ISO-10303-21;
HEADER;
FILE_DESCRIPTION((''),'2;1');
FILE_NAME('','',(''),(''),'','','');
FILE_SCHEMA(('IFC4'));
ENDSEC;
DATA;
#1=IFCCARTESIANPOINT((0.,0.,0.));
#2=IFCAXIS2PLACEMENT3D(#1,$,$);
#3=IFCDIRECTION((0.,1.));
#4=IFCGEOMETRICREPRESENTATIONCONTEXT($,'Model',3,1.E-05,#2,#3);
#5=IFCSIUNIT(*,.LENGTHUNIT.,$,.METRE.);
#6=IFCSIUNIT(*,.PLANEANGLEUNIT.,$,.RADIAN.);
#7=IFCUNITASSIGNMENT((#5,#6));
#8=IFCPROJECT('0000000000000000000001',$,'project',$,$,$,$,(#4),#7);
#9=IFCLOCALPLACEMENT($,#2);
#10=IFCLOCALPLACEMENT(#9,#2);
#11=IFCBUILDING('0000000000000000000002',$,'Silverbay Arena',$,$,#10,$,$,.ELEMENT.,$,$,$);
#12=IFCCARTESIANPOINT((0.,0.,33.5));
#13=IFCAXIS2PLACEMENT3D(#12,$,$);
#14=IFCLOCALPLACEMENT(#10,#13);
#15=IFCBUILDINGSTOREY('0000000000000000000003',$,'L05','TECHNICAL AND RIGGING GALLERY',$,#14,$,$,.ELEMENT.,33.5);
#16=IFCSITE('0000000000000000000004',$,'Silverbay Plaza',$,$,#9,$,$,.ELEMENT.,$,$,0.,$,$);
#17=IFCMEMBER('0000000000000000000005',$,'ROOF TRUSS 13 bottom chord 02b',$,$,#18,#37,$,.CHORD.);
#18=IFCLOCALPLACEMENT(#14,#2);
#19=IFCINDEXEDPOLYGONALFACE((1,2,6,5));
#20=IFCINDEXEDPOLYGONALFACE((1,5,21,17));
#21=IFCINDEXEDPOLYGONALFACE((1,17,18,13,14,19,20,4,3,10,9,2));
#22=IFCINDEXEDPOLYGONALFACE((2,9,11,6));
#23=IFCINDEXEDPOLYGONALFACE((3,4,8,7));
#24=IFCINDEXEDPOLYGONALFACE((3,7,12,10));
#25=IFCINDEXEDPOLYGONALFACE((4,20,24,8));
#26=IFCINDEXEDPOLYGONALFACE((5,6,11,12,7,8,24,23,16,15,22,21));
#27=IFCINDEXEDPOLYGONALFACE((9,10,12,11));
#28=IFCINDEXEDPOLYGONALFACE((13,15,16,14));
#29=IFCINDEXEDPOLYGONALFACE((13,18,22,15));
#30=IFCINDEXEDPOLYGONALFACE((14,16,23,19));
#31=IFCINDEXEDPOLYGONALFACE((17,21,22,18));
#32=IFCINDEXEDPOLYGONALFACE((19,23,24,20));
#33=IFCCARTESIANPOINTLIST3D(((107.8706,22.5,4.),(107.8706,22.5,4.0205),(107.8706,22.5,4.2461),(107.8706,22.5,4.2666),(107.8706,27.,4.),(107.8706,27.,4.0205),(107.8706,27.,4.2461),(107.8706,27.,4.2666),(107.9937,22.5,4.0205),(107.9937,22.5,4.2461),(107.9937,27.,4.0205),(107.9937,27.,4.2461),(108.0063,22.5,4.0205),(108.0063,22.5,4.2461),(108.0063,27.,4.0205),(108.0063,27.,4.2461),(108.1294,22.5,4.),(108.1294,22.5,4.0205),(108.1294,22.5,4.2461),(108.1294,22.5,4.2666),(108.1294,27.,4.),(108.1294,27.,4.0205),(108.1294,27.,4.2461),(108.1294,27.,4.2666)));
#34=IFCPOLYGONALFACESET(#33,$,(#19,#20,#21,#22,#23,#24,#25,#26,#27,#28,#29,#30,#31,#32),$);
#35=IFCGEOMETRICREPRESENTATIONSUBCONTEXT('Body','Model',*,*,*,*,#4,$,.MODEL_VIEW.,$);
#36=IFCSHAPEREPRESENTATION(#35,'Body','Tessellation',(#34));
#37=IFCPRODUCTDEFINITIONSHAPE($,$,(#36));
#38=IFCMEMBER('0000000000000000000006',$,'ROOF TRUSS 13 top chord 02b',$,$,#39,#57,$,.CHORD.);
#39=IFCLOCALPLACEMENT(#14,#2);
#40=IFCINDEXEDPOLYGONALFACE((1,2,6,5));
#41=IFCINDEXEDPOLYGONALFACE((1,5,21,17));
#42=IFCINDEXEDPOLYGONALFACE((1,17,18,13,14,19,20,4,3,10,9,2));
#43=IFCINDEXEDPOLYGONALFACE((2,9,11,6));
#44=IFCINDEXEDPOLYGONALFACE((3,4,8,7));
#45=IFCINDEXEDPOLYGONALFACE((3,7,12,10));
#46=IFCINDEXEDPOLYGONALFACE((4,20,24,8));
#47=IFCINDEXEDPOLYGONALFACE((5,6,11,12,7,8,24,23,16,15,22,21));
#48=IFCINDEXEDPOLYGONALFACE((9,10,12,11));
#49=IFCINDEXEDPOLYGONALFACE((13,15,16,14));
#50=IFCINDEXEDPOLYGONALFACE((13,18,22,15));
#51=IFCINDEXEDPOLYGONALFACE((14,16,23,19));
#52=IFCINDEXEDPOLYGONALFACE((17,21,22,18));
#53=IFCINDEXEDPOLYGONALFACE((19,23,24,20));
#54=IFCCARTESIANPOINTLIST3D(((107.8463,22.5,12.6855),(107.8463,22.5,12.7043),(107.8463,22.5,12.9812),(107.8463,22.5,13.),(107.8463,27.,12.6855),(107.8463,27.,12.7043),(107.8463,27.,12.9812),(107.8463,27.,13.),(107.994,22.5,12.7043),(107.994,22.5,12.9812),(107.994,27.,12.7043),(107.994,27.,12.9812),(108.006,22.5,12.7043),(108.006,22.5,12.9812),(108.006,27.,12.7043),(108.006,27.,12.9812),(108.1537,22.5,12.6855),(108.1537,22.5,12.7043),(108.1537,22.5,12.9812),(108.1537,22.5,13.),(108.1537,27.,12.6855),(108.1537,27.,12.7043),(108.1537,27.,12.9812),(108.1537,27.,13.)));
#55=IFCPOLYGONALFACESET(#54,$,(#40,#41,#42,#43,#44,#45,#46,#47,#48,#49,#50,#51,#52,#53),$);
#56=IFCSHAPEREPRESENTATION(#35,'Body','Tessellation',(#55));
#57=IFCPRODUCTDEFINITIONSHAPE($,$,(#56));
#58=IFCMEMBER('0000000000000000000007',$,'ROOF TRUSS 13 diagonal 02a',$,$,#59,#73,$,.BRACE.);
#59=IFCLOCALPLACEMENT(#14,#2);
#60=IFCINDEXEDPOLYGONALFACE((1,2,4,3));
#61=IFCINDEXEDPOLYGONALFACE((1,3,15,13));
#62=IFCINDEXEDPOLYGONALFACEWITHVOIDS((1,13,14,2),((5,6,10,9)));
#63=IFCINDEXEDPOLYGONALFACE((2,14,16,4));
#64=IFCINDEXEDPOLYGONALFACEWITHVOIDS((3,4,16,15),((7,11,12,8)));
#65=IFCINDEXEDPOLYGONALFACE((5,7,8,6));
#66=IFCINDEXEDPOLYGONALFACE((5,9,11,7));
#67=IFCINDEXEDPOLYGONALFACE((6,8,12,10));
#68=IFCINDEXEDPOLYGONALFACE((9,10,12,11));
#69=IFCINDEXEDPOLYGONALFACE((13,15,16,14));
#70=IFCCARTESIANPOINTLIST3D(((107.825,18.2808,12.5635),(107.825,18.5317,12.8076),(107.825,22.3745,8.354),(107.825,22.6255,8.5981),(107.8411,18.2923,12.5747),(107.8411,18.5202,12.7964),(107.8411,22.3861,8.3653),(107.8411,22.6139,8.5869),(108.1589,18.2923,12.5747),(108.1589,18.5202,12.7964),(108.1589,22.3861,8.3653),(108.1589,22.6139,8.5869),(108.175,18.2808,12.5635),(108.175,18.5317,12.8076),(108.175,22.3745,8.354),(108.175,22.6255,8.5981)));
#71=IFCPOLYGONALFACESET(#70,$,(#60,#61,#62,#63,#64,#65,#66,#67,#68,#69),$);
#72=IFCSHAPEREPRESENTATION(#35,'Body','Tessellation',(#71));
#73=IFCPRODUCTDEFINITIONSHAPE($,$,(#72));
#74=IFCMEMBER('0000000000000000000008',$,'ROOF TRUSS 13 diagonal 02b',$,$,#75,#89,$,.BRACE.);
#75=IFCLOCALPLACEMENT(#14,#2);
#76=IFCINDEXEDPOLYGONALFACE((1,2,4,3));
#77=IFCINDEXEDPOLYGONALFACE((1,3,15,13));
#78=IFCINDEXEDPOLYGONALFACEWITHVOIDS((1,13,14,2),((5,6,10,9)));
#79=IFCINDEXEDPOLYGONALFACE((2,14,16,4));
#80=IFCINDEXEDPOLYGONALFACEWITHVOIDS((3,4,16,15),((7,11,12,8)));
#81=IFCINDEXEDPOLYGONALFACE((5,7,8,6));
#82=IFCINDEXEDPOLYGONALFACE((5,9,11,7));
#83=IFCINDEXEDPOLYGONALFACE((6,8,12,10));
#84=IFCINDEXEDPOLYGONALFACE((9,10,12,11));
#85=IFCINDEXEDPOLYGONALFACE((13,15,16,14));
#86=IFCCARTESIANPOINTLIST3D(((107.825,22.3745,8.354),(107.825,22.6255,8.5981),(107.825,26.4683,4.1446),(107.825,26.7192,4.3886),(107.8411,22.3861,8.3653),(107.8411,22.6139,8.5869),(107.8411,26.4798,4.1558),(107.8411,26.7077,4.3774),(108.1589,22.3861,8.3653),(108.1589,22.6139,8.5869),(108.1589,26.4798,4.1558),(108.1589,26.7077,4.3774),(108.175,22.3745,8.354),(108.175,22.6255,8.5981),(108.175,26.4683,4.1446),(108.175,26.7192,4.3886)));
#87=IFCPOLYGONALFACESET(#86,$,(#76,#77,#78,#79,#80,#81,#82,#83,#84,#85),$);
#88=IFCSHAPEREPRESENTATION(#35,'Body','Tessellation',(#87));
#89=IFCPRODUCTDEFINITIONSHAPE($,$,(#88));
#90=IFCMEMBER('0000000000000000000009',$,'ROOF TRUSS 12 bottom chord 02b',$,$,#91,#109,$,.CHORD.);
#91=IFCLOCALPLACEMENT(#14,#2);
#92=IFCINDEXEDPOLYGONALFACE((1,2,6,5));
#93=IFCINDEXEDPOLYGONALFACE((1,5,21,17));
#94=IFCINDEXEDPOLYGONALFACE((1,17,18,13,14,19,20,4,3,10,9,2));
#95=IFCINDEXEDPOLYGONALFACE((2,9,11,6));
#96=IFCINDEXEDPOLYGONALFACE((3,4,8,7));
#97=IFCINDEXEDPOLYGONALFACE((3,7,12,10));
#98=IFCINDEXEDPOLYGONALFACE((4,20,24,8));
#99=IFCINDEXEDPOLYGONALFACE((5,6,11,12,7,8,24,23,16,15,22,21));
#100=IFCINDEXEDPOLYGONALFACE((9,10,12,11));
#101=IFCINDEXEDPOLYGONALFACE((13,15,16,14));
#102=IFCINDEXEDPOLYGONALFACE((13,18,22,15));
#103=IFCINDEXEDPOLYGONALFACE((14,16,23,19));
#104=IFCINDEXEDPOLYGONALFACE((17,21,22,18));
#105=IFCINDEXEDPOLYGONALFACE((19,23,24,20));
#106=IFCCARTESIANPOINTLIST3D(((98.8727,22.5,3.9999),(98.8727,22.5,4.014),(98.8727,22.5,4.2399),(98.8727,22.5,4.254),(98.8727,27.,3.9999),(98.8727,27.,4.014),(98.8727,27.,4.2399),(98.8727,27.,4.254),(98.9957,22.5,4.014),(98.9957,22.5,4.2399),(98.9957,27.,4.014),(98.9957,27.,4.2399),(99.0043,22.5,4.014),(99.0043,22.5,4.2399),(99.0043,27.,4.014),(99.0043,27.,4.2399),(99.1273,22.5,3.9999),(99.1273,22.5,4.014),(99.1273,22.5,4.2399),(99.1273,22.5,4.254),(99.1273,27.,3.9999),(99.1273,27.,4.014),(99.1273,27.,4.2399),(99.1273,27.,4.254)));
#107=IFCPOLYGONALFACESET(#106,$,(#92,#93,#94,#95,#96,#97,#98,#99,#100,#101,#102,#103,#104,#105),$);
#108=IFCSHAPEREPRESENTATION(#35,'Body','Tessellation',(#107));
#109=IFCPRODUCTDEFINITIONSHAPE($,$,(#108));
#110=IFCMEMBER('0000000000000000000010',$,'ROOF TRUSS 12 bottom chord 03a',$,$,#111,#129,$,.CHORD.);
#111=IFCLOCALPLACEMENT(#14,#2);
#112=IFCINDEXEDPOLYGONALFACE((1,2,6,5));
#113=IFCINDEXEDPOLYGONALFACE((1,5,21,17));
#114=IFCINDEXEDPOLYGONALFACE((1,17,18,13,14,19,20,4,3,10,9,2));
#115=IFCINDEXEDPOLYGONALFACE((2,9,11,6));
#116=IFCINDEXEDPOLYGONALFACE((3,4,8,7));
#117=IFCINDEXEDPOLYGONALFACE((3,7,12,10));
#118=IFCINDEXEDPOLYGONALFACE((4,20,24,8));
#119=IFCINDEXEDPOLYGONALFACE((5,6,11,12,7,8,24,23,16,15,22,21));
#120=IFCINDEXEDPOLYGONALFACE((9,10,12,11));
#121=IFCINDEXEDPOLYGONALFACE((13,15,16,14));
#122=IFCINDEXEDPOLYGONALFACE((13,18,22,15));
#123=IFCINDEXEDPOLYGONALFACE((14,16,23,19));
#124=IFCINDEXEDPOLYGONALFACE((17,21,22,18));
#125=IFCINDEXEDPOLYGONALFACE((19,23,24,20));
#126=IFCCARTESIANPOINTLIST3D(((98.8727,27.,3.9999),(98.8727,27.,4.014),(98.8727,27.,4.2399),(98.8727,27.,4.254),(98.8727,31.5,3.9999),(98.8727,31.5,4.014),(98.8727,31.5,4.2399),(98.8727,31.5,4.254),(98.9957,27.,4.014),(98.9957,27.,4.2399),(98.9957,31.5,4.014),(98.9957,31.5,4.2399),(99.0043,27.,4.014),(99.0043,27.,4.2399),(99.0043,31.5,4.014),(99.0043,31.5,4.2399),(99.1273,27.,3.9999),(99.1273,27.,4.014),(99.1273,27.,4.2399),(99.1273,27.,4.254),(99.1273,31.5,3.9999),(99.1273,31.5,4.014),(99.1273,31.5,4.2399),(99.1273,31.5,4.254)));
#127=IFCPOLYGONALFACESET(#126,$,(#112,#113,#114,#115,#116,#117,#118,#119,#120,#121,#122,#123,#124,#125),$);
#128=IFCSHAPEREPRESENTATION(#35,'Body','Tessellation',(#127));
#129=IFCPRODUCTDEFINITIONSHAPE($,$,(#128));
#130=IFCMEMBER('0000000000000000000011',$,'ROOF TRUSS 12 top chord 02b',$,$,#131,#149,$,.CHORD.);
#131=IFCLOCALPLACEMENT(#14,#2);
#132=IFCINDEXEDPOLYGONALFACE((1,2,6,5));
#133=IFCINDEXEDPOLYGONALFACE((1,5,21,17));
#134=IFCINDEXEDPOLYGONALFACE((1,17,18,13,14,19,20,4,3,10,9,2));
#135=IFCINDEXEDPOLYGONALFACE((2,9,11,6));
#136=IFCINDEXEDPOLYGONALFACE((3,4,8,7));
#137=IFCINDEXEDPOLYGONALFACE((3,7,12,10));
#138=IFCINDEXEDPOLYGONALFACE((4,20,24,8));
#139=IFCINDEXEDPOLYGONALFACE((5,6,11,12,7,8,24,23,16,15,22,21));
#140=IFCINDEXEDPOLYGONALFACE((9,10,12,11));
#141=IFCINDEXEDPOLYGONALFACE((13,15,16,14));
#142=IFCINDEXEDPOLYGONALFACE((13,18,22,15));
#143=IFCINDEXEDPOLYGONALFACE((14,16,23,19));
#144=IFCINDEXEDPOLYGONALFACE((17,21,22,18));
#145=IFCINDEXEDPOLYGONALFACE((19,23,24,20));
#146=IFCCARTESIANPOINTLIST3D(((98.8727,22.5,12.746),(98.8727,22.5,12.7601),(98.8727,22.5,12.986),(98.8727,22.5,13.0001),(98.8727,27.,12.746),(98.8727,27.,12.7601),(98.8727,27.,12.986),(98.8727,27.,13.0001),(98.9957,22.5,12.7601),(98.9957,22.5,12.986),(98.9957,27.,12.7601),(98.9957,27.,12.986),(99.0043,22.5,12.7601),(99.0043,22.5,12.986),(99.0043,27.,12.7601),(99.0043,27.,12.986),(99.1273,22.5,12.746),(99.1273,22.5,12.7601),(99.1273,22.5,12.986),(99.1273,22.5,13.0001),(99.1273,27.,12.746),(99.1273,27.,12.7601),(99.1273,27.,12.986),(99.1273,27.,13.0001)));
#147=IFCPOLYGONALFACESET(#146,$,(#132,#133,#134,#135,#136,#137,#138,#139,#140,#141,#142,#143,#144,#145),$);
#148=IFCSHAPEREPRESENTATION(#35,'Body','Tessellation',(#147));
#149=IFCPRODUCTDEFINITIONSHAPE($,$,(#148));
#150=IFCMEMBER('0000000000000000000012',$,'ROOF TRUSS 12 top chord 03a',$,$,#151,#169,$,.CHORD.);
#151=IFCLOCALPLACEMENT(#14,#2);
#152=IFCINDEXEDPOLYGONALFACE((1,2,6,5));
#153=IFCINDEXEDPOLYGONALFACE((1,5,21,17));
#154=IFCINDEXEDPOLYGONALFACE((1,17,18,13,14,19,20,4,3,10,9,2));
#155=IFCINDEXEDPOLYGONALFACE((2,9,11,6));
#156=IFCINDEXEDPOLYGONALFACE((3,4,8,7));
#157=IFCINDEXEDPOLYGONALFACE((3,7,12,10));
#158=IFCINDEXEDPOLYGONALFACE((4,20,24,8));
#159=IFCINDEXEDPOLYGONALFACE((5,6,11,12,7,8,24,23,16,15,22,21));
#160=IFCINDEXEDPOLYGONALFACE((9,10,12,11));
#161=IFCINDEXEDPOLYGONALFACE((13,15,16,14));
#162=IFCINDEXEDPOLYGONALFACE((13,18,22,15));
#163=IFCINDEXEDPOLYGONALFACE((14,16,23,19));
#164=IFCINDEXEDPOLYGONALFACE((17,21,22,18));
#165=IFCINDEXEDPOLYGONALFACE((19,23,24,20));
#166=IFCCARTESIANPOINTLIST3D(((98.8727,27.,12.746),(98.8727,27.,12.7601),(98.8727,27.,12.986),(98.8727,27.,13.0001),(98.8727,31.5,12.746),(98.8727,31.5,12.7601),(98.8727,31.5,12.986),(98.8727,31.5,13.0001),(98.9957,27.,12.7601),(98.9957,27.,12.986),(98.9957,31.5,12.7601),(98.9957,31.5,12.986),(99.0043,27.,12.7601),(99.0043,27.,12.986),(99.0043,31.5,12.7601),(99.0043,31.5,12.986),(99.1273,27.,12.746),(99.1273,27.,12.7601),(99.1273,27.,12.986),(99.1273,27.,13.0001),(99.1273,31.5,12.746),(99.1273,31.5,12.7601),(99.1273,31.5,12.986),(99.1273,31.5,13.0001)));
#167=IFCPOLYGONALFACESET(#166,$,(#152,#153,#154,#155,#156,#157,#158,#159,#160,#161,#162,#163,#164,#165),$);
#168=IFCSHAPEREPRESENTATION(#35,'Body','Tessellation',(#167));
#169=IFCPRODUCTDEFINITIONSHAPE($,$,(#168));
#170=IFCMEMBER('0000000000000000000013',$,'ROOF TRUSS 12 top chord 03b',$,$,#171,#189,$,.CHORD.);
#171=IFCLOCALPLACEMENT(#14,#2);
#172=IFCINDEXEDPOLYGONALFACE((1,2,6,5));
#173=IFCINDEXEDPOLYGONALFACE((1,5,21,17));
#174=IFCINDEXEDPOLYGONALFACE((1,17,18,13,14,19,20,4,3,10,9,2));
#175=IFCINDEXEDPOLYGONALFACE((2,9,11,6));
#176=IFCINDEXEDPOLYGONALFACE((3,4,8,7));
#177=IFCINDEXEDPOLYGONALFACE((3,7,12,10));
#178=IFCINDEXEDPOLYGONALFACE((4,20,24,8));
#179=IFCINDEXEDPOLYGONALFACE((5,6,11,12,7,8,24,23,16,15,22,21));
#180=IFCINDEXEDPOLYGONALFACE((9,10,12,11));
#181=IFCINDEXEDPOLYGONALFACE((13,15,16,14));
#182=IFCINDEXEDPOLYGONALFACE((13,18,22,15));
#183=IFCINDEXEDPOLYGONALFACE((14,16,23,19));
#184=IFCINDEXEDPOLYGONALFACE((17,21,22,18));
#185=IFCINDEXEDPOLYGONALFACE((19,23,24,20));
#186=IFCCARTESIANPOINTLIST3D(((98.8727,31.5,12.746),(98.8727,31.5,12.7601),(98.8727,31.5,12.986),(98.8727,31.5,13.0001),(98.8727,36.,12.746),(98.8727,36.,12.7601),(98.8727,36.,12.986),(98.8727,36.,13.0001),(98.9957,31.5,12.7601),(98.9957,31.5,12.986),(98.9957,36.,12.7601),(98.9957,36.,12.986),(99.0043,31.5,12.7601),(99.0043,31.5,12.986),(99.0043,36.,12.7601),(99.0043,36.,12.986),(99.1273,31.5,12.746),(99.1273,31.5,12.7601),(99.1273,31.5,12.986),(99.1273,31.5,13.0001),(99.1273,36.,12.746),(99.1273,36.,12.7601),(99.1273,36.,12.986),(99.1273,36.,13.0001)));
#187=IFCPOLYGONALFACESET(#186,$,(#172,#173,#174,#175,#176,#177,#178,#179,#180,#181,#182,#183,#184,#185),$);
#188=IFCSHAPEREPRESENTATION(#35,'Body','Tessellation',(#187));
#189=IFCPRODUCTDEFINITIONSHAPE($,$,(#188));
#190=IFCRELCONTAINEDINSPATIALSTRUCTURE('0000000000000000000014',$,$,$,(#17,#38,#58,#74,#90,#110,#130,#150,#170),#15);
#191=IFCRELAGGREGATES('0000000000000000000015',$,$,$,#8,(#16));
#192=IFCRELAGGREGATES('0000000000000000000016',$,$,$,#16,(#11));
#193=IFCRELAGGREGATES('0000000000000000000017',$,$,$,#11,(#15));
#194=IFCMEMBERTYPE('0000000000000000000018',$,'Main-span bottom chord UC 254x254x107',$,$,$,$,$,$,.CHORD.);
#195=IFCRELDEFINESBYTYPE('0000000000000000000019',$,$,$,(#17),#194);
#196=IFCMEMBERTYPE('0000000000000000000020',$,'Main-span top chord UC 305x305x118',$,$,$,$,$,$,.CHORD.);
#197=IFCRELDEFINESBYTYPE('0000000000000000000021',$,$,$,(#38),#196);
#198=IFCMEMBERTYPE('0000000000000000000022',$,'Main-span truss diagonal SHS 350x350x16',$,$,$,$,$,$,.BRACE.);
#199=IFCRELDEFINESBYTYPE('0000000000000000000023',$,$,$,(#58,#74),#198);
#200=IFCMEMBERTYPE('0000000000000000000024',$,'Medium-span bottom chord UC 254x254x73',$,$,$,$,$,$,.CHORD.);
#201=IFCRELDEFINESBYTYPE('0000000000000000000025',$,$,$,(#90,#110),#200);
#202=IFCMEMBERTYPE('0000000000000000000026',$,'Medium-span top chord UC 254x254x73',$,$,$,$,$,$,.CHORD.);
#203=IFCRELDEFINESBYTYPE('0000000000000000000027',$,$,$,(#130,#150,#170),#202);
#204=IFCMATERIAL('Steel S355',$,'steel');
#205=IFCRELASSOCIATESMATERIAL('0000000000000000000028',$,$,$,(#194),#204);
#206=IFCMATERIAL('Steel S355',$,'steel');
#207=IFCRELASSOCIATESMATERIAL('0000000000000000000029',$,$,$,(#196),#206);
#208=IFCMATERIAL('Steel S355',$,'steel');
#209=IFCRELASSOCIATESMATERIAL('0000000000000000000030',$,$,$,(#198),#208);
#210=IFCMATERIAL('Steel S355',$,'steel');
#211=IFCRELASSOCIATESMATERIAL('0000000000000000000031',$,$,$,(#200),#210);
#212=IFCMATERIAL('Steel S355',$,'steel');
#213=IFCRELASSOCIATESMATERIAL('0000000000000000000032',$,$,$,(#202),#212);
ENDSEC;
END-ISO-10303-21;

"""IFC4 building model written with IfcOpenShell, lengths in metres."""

from ifc_helpers import new_model, si_unit, direction, frame, origin, origin_2d, place, context, subcontext, project, spatial, hollow_rectangle, i_section, extrude, material, material_profile, profile_set, type_object, element, save


model = new_model("IFC4")

# Units and contexts
model_context = context("Model", 3, precision=1e-05, world=origin(), true_north=direction((0.0, 1.0)))
body_context = subcontext(model_context, "Body", "Model", "MODEL_VIEW")
ifc_project = project(units=[si_unit("LENGTHUNIT", "METRE"), si_unit("PLANEANGLEUNIT", "RADIAN")], contexts=[model_context])

# Site, building, storey
site_placement = place(None, origin())
site = spatial("IfcSite", under=ifc_project, at=site_placement, Name="Silverbay Plaza", CompositionType="ELEMENT", RefElevation=0.0)
building_placement = place(site_placement, origin())
building = spatial("IfcBuilding", under=site, at=building_placement, Name="Silverbay Arena", CompositionType="ELEMENT")
storey_placement = place(building_placement, frame((0.0, 0.0, 33.5)))
storey = spatial("IfcBuildingStorey", under=building, at=storey_placement, Name="L05", Description="TECHNICAL AND RIGGING GALLERY", CompositionType="ELEMENT", Elevation=33.5)

# Members
ifc_material_1 = material(Name="Steel S355", Category="steel")
ifc_material_profile_1 = material_profile(ifc_material_1, i_section(OverallWidth=0.2588, OverallDepth=0.2666, WebThickness=0.0127, FlangeThickness=0.0205, at=origin_2d()), Name="UC 254x254x107")
ifc_profile_set_1 = profile_set([ifc_material_profile_1], Name="Steel S355")
member_type_1 = type_object("IfcMemberType", Name="Main-span bottom chord UC 254x254x107", PredefinedType="CHORD", material=ifc_profile_set_1)
member_1_placement = place(storey_placement, frame((108.0, 22.5, 4.1333), z_axis=(0.0, 1.0, 0.0), x_axis=(-1.0, 0.0, 0.0)))
element("IfcMember", 1, at=member_1_placement, inside=storey, type_object=member_type_1, Name="ROOF TRUSS 13 bottom chord 02b", PredefinedType="CHORD", context=body_context, shape_type="SweptSolid", body=[
    extrude(i_section(OverallWidth=0.2588, OverallDepth=0.2666, WebThickness=0.0127, FlangeThickness=0.0205, at=origin_2d()), origin(), (0.0, 0.0, 1.0), 4.5),
])
ifc_material_2 = material(Name="Steel S355", Category="steel")
ifc_material_profile_2 = material_profile(ifc_material_2, i_section(OverallWidth=0.3074, OverallDepth=0.3145, WebThickness=0.012, FlangeThickness=0.0188, at=origin_2d()), Name="UC 305x305x118")
ifc_profile_set_2 = profile_set([ifc_material_profile_2], Name="Steel S355")
member_type_2 = type_object("IfcMemberType", Name="Main-span top chord UC 305x305x118", PredefinedType="CHORD", material=ifc_profile_set_2)
member_2_placement = place(storey_placement, frame((108.0, 22.5, 12.8428), z_axis=(0.0, 1.0, 0.0), x_axis=(-1.0, 0.0, 0.0)))
element("IfcMember", 2, at=member_2_placement, inside=storey, type_object=member_type_2, Name="ROOF TRUSS 13 top chord 02b", PredefinedType="CHORD", context=body_context, shape_type="SweptSolid", body=[
    extrude(i_section(OverallWidth=0.3074, OverallDepth=0.3145, WebThickness=0.012, FlangeThickness=0.0188, at=origin_2d()), origin(), (0.0, 0.0, 1.0), 4.5),
])
ifc_material_3 = material(Name="Steel S355", Category="steel")
ifc_material_profile_3 = material_profile(ifc_material_3, hollow_rectangle(XDim=0.3501, YDim=0.3501, WallThickness=0.0161, at=origin_2d()), Name="SHS 350x350x16")
ifc_profile_set_3 = profile_set([ifc_material_profile_3], Name="Steel S355")
member_type_3 = type_object("IfcMemberType", Name="Main-span truss diagonal SHS 350x350x16", PredefinedType="BRACE", material=ifc_profile_set_3)
for number, where, z_axis, x_axis, name in (
    (3, (108.0, 18.4062, 12.6855), (0.0, 0.697184, -0.716892), (-1.0, 0.0, 0.0), "ROOF TRUSS 13 diagonal 02a"),
    (4, (108.0, 22.5, 8.4761), (0.0, 0.697184, -0.716892), (-1.0, 0.0, 0.0), "ROOF TRUSS 13 diagonal 02b"),
):
    element("IfcMember", number, at=place(storey_placement, frame(where, z_axis=z_axis, x_axis=x_axis)), inside=storey, type_object=member_type_3, Name=name, PredefinedType="BRACE", context=body_context, shape_type="SweptSolid", body=[
        extrude(hollow_rectangle(XDim=0.3501, YDim=0.3501, WallThickness=0.0161, at=origin_2d()), origin(), (0.0, 0.0, 1.0), 5.8718),
    ])
ifc_material_4 = material(Name="Steel S355", Category="steel")
ifc_material_profile_4 = material_profile(ifc_material_4, i_section(OverallWidth=0.2546, OverallDepth=0.2542, WebThickness=0.0085, FlangeThickness=0.0142, at=origin_2d()), Name="UC 254x254x73")
ifc_profile_set_4 = profile_set([ifc_material_profile_4], Name="Steel S355")
member_type_4 = type_object("IfcMemberType", Name="Medium-span bottom chord UC 254x254x73", PredefinedType="CHORD", material=ifc_profile_set_4)
for number, where, z_axis, x_axis, name in (
    (5, (99.0, 22.5, 4.127), (0.0, 1.0, 0.0), (-1.0, 0.0, 0.0), "ROOF TRUSS 12 bottom chord 02b"),
    (6, (99.0, 27.0, 4.127), (0.0, 1.0, 0.0), (-1.0, 0.0, 0.0), "ROOF TRUSS 12 bottom chord 03a"),
):
    element("IfcMember", number, at=place(storey_placement, frame(where, z_axis=z_axis, x_axis=x_axis)), inside=storey, type_object=member_type_4, Name=name, PredefinedType="CHORD", context=body_context, shape_type="SweptSolid", body=[
        extrude(i_section(OverallWidth=0.2546, OverallDepth=0.2542, WebThickness=0.0085, FlangeThickness=0.0142, at=origin_2d()), origin(), (0.0, 0.0, 1.0), 4.5),
    ])
ifc_material_5 = material(Name="Steel S355", Category="steel")
ifc_material_profile_5 = material_profile(ifc_material_5, i_section(OverallWidth=0.2546, OverallDepth=0.2542, WebThickness=0.0085, FlangeThickness=0.0142, at=origin_2d()), Name="UC 254x254x73")
ifc_profile_set_5 = profile_set([ifc_material_profile_5], Name="Steel S355")
member_type_5 = type_object("IfcMemberType", Name="Medium-span top chord UC 254x254x73", PredefinedType="CHORD", material=ifc_profile_set_5)
for number, where, z_axis, x_axis, name in (
    (7, (99.0, 22.5, 12.873), (0.0, 1.0, 0.0), (-1.0, 0.0, 0.0), "ROOF TRUSS 12 top chord 02b"),
    (8, (99.0, 27.0, 12.873), (0.0, 1.0, 0.0), (-1.0, 0.0, 0.0), "ROOF TRUSS 12 top chord 03a"),
    (9, (99.0, 31.5, 12.873), (0.0, 1.0, 0.0), (-1.0, 0.0, 0.0), "ROOF TRUSS 12 top chord 03b"),
):
    element("IfcMember", number, at=place(storey_placement, frame(where, z_axis=z_axis, x_axis=x_axis)), inside=storey, type_object=member_type_5, Name=name, PredefinedType="CHORD", context=body_context, shape_type="SweptSolid", body=[
        extrude(i_section(OverallWidth=0.2546, OverallDepth=0.2542, WebThickness=0.0085, FlangeThickness=0.0142, at=origin_2d()), origin(), (0.0, 0.0, 1.0), 4.5),
    ])

save(model, "model.ifc")
